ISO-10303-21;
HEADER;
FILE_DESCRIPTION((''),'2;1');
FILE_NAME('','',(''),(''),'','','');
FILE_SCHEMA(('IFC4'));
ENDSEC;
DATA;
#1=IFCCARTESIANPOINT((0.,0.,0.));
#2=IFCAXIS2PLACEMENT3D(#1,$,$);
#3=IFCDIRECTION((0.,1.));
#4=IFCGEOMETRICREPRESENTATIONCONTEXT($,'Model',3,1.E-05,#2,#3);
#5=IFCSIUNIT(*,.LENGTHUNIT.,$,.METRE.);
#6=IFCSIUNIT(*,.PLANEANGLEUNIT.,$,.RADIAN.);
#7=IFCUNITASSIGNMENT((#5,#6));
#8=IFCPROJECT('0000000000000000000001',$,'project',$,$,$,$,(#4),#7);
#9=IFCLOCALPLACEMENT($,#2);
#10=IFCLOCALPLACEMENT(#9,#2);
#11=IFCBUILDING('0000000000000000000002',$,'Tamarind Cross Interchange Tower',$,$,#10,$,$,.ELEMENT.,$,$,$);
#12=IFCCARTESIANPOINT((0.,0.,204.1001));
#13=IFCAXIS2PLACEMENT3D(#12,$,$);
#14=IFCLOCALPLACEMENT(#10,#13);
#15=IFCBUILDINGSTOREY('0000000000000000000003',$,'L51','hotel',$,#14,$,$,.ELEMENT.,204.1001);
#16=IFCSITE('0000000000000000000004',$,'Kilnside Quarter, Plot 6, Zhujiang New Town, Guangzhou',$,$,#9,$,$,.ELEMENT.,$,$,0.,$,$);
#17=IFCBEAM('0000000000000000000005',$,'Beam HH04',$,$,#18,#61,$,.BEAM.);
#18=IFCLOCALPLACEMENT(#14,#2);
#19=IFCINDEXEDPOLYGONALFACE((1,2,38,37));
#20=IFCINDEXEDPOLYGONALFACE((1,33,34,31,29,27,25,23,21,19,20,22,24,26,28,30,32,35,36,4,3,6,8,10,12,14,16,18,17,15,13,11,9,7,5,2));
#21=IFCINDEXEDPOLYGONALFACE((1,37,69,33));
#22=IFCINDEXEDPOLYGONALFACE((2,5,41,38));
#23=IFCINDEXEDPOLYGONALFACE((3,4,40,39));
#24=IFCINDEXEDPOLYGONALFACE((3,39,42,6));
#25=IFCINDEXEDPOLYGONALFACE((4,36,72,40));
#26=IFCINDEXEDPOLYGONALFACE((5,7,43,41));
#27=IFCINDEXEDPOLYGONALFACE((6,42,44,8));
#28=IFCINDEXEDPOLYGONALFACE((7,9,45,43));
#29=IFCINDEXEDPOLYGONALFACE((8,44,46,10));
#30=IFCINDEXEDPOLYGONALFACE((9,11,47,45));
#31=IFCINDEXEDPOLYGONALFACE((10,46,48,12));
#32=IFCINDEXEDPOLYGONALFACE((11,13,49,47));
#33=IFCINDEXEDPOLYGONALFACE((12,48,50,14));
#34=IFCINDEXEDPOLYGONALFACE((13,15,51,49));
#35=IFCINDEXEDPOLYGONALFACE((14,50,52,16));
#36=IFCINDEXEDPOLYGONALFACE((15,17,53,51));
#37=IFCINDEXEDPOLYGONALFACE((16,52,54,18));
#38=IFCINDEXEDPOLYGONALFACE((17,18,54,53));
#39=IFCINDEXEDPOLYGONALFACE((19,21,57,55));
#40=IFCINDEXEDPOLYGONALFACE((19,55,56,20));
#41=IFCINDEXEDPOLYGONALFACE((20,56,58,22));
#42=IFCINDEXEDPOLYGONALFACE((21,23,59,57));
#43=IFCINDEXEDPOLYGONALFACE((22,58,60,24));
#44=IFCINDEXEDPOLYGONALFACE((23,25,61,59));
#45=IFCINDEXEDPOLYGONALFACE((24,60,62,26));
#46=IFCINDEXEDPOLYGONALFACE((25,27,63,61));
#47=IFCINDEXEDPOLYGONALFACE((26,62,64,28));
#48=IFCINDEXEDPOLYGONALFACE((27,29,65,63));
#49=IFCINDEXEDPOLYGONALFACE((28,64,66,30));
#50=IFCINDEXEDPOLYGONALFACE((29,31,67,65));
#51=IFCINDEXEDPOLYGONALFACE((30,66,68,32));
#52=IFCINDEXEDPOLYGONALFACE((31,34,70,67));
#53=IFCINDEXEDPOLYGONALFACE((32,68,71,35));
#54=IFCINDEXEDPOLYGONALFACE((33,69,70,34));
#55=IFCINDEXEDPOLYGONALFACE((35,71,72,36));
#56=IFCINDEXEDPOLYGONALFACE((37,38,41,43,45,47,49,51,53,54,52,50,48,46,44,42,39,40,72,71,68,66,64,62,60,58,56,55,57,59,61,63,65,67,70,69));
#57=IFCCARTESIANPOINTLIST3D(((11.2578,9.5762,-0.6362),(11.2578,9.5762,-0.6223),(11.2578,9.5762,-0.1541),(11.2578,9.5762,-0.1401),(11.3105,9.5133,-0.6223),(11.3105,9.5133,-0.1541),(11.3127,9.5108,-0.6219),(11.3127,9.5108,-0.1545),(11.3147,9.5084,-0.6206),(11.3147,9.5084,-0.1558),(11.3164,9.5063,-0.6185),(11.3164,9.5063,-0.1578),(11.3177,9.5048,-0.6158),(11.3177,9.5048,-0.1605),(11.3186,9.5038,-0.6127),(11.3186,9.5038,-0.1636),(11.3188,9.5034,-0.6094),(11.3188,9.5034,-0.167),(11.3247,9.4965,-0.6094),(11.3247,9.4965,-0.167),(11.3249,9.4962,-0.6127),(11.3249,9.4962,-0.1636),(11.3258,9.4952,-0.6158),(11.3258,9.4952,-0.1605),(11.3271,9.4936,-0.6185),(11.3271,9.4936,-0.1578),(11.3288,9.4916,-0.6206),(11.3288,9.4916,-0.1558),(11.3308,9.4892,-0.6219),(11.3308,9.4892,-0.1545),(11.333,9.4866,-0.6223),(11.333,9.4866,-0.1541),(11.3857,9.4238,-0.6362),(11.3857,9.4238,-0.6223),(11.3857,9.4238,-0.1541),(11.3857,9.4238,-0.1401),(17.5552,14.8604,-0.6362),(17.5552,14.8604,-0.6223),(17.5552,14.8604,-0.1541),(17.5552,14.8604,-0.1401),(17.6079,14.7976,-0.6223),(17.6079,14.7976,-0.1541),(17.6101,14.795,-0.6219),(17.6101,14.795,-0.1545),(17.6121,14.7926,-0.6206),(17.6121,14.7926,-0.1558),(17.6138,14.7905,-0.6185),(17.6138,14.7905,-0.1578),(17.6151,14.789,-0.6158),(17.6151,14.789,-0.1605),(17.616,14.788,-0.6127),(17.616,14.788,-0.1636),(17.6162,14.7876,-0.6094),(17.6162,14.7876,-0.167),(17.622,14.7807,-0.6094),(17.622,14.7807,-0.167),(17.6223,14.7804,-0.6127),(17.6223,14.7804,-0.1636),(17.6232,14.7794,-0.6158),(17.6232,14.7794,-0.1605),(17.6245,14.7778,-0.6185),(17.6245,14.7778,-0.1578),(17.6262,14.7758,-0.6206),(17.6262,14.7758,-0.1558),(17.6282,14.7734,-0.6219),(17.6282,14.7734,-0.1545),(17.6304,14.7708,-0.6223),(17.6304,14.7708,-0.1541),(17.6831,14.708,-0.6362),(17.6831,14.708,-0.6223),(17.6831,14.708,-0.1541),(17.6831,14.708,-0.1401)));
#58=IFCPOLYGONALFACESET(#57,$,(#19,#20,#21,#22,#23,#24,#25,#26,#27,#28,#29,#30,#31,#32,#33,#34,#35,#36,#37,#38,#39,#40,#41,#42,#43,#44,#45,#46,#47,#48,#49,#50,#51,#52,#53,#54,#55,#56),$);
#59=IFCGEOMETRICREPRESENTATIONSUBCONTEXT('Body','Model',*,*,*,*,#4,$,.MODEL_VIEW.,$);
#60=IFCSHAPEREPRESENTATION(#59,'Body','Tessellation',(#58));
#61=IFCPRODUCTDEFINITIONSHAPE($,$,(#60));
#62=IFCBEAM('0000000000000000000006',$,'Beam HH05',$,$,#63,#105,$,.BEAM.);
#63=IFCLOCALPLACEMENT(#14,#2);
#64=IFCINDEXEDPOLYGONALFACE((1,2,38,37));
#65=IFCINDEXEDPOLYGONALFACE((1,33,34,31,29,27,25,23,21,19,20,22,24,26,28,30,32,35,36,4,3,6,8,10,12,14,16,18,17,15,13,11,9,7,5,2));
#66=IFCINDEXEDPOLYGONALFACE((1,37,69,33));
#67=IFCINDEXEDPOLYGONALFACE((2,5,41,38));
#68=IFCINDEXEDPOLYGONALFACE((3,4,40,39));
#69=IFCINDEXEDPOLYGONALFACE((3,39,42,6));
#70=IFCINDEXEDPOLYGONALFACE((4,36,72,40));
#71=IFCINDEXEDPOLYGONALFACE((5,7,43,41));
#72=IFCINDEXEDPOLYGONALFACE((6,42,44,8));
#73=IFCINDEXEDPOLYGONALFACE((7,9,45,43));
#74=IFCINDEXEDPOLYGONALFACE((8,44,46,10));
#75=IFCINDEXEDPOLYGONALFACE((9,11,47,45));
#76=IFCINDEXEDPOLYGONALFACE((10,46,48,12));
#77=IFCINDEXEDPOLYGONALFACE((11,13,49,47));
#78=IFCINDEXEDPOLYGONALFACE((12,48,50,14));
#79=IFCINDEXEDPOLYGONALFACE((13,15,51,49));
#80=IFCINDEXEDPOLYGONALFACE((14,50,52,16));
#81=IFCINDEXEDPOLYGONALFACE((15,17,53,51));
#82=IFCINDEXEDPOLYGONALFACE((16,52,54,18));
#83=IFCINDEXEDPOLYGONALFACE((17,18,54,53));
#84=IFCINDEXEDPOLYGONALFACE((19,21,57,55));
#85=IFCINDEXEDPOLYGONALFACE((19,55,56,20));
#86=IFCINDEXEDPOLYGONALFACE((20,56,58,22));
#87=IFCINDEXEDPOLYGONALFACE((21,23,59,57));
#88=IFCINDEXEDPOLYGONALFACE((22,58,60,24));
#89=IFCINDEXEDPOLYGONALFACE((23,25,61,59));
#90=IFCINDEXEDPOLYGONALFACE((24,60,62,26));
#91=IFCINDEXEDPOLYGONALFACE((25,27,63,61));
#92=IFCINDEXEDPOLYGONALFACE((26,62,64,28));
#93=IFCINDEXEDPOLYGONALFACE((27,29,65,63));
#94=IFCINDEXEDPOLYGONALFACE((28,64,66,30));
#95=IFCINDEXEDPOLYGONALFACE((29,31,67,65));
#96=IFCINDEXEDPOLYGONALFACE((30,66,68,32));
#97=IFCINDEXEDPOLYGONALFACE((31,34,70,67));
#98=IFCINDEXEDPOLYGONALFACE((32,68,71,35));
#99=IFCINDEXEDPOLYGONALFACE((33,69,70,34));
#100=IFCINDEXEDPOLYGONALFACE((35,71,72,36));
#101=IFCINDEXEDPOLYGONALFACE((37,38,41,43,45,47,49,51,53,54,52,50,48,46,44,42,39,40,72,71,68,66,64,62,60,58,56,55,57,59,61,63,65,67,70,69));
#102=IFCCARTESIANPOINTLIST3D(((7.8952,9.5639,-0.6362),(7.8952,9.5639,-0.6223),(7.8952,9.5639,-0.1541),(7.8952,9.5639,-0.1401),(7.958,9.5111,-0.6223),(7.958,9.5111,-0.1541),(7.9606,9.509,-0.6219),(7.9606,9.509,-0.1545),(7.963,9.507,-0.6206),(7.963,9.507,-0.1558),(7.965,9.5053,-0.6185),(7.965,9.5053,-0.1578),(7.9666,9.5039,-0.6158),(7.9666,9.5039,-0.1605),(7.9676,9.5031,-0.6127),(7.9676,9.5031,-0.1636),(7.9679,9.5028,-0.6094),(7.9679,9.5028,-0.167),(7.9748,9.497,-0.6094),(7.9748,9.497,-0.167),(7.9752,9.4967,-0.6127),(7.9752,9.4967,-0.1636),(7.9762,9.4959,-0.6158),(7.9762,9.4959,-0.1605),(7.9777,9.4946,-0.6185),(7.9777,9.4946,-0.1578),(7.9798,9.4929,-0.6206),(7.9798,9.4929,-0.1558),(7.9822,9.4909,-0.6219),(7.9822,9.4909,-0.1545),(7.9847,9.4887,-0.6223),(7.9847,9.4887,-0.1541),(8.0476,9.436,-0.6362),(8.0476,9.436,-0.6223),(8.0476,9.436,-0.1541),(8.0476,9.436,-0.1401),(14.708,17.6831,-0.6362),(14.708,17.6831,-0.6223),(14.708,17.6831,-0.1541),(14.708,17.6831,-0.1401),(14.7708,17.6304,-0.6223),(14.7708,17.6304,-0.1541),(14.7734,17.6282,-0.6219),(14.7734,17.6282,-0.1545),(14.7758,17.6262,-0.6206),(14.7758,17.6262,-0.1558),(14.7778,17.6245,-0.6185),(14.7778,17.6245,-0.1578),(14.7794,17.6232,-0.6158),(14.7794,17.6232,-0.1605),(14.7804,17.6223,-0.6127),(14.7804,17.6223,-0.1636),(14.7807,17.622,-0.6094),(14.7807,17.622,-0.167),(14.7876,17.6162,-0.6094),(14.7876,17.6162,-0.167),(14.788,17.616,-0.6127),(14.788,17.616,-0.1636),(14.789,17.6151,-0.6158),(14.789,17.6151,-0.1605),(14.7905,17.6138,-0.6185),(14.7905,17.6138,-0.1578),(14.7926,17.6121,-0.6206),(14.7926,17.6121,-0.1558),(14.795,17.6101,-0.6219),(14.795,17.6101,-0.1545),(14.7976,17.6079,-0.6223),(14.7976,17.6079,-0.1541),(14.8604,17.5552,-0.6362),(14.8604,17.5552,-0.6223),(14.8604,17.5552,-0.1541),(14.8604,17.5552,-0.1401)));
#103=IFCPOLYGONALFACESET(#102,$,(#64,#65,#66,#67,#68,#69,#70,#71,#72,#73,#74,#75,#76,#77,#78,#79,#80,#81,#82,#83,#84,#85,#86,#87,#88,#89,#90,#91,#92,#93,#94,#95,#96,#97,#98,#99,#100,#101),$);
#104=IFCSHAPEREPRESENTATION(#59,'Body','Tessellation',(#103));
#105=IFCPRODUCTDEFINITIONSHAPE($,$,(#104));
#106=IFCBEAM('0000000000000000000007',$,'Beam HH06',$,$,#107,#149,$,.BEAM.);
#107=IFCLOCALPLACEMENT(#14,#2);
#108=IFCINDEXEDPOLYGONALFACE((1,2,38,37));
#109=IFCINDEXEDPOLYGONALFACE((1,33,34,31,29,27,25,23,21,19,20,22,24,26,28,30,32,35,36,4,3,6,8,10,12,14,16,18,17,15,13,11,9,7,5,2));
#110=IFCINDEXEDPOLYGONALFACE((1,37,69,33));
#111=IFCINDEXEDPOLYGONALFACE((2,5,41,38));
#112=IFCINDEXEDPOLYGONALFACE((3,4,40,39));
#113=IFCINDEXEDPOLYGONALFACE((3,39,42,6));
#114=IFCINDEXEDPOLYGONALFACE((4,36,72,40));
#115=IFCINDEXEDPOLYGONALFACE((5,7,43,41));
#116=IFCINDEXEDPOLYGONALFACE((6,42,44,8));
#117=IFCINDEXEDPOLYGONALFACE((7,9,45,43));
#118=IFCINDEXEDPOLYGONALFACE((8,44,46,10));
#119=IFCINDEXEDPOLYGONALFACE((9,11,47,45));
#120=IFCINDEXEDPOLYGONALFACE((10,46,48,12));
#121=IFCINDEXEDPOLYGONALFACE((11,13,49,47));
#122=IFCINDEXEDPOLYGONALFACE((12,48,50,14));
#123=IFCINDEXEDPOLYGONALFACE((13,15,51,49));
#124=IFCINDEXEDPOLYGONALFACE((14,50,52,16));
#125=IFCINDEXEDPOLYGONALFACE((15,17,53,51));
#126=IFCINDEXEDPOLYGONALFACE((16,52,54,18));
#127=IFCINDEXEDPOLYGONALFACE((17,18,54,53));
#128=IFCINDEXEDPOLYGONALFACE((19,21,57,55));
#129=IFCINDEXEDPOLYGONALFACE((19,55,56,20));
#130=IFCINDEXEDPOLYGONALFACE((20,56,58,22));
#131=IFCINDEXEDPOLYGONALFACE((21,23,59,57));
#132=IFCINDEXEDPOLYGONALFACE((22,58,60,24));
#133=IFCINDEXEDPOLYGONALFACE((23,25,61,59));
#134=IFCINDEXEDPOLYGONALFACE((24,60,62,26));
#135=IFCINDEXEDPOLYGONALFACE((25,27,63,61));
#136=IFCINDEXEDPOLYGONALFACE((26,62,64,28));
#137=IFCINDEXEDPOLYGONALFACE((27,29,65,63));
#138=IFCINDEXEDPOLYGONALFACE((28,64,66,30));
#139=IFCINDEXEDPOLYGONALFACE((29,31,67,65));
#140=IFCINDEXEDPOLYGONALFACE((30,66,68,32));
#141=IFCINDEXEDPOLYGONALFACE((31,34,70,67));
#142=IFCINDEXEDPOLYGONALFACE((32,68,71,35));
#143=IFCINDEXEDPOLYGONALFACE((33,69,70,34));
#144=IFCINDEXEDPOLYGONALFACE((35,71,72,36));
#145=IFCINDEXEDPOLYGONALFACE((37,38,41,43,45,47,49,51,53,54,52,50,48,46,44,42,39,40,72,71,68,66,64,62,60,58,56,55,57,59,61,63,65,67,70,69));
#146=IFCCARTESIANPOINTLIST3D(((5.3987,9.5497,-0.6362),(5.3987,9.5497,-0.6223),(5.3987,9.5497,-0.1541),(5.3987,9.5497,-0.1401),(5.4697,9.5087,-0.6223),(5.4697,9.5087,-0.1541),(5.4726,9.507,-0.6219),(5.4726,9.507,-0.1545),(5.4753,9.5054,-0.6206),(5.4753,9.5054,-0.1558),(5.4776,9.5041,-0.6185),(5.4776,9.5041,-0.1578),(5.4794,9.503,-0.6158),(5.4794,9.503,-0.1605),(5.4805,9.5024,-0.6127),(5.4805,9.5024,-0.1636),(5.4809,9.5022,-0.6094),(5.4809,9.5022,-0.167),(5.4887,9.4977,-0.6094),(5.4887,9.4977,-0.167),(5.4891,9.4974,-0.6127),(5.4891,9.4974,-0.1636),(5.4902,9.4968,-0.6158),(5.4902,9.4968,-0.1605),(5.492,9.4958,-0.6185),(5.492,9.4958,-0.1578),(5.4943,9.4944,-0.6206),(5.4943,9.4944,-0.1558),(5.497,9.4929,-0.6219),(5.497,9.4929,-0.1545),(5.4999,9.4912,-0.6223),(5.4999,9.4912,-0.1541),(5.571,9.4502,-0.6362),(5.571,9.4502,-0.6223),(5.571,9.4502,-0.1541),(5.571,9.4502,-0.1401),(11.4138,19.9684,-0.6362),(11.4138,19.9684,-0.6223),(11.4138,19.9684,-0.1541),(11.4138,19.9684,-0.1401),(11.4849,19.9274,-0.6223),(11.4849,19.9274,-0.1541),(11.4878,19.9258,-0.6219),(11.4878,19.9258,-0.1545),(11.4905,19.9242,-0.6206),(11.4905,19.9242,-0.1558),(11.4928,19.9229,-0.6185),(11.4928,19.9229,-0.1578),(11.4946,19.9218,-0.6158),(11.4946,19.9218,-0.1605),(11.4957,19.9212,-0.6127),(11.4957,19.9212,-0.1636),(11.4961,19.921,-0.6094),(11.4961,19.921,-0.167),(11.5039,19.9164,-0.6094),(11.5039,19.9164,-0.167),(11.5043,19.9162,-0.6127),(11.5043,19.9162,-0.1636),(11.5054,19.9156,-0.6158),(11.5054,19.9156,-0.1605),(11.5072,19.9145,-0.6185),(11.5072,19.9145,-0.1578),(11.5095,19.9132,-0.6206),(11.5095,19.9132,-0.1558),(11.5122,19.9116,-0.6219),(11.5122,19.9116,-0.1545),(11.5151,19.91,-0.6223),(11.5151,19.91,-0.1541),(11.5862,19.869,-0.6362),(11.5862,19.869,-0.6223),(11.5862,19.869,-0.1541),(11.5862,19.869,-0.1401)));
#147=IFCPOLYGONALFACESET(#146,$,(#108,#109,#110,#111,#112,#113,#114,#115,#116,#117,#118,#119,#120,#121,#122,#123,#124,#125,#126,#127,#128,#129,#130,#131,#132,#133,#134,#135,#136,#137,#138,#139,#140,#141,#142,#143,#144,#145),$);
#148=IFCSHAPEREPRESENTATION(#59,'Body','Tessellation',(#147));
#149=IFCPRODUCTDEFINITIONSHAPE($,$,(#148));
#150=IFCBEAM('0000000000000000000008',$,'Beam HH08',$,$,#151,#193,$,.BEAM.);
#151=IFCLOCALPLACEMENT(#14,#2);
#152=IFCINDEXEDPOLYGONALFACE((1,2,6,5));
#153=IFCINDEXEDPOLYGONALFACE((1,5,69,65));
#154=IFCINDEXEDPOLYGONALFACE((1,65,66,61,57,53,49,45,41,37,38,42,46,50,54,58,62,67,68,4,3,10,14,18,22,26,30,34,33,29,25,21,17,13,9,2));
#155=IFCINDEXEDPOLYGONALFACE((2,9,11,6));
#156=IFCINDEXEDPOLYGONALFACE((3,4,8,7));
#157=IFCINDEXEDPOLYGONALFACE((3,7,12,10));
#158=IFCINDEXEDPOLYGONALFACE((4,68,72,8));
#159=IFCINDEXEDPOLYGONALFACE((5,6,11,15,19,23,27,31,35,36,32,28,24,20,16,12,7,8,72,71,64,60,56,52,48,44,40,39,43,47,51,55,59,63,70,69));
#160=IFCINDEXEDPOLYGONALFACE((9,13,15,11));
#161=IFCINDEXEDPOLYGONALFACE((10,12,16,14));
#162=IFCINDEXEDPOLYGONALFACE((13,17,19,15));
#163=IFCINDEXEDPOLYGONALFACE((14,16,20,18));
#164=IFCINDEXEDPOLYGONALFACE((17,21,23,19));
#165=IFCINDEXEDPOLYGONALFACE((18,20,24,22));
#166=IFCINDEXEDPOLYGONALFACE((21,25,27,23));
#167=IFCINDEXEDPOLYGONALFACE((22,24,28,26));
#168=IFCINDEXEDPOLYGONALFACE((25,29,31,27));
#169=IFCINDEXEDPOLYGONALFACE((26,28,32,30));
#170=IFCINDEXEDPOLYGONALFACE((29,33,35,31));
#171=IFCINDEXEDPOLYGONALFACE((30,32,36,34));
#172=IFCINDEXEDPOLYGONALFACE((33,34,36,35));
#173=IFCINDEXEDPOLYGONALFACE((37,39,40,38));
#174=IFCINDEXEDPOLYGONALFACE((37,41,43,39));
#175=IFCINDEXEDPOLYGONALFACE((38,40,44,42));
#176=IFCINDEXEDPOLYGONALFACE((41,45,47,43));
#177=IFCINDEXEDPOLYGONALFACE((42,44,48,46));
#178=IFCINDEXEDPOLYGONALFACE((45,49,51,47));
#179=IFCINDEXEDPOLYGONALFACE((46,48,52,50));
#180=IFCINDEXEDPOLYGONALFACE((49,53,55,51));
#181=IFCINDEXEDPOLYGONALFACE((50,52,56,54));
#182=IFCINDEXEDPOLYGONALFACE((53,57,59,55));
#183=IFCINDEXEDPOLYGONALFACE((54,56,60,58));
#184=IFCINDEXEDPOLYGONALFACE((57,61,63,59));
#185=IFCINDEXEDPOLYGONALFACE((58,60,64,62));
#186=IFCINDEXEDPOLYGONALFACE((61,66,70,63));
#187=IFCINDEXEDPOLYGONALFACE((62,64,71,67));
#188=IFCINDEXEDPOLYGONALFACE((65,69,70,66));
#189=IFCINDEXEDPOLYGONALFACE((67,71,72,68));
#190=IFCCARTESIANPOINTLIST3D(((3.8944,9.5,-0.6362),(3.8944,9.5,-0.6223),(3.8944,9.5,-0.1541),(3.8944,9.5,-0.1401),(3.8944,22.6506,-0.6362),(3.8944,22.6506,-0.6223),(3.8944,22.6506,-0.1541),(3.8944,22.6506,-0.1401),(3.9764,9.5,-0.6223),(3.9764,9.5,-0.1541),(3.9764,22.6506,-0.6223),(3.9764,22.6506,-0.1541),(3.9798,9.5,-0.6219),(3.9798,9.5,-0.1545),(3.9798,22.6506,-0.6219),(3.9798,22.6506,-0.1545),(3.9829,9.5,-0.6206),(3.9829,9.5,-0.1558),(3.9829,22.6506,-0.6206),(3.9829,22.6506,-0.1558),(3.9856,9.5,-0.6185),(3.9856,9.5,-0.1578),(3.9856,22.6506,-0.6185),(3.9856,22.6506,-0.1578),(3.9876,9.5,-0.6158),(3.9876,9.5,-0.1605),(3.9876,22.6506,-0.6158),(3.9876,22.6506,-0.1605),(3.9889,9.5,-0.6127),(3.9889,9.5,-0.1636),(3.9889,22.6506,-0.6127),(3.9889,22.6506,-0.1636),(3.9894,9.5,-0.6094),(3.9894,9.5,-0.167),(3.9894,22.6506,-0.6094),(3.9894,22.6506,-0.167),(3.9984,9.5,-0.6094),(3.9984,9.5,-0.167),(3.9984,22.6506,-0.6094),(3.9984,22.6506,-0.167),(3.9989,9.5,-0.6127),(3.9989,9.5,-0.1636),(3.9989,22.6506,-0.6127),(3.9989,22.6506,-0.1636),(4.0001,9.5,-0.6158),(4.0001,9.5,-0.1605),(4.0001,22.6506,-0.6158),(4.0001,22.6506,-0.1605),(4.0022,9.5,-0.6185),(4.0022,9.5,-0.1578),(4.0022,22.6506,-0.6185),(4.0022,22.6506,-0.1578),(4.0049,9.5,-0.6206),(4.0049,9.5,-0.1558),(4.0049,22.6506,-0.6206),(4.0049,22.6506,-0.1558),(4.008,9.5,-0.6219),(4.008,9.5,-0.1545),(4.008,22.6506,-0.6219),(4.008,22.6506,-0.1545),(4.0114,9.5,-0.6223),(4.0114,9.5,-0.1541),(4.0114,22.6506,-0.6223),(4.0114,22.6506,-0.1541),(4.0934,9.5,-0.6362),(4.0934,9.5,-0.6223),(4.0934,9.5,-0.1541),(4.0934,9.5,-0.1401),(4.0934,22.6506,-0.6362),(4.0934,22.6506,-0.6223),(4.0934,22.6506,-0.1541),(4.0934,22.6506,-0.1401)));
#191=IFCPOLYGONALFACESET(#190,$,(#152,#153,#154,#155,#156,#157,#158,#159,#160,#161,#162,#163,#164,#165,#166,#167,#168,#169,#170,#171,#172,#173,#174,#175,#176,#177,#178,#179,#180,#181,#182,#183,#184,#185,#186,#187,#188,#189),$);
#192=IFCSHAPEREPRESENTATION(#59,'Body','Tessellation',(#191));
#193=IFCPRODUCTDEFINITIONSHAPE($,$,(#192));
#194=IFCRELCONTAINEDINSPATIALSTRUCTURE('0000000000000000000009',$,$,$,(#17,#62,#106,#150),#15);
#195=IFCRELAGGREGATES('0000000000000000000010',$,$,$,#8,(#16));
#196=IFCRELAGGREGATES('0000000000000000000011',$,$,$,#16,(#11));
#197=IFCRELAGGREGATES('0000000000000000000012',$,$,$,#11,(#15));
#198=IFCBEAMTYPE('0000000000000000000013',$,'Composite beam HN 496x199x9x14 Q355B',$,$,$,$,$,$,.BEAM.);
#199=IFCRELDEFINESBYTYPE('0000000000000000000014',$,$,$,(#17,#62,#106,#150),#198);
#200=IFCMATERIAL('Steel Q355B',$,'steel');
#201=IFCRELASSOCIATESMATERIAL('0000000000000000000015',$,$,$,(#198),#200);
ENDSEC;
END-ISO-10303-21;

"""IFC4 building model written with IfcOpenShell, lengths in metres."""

from ifc_helpers import new_model, si_unit, direction, frame, origin, origin_2d, place, context, subcontext, project, spatial, i_section, extrude, material, material_profile, profile_set, type_object, element, save


model = new_model("IFC4")

# Units and contexts
model_context = context("Model", 3, precision=1e-05, world=origin(), true_north=direction((0.0, 1.0)))
body_context = subcontext(model_context, "Body", "Model", "MODEL_VIEW")
ifc_project = project(units=[si_unit("LENGTHUNIT", "METRE"), si_unit("PLANEANGLEUNIT", "RADIAN")], contexts=[model_context])

# Site, building, storey
site_placement = place(None, origin())
site = spatial("IfcSite", under=ifc_project, at=site_placement, Name="Kilnside Quarter, Plot 6, Zhujiang New Town, Guangzhou", CompositionType="ELEMENT", RefElevation=0.0)
building_placement = place(site_placement, origin())
building = spatial("IfcBuilding", under=site, at=building_placement, Name="Tamarind Cross Interchange Tower", CompositionType="ELEMENT")
storey_placement = place(building_placement, frame((0.0, 0.0, 204.1001)))
storey = spatial("IfcBuildingStorey", under=building, at=storey_placement, Name="L51", Description="hotel", CompositionType="ELEMENT", Elevation=204.1001)

# Beams
ifc_material_1 = material(Name="Steel Q355B", Category="steel")
ifc_material_profile_1 = material_profile(ifc_material_1, i_section(OverallWidth=0.199, OverallDepth=0.4961, WebThickness=0.009, FlangeThickness=0.0139, FilletRadius=0.0129, at=origin_2d()), Name="HN 496x199x9x14")
ifc_profile_set_1 = profile_set([ifc_material_profile_1], Name="Steel Q355B")
beam_type = type_object("IfcBeamType", Name="Composite beam HN 496x199x9x14 Q355B", PredefinedType="BEAM", material=ifc_profile_set_1)
beam_1_placement = place(storey_placement, frame((17.6191, 14.7842, -0.3882), z_axis=(-0.766041, -0.642792, 0.0), x_axis=(0.642792, -0.766041, 0.0)))
element("IfcBeam", 1, at=beam_1_placement, inside=storey, type_object=beam_type, Name="Beam HH04", PredefinedType="BEAM", context=body_context, shape_type="SweptSolid", body=[
    extrude(i_section(OverallWidth=0.199, OverallDepth=0.4961, WebThickness=0.009, FlangeThickness=0.0139, FilletRadius=0.0129, at=origin_2d()), origin(), (0.0, 0.0, 1.0), 8.2207),
])
beam_2_placement = place(storey_placement, frame((14.7842, 17.6191, -0.3882), z_axis=(-0.642786, -0.766046, 0.0), x_axis=(0.766046, -0.642786, 0.0)))
element("IfcBeam", 2, at=beam_2_placement, inside=storey, type_object=beam_type, Name="Beam HH05", PredefinedType="BEAM", context=body_context, shape_type="SweptSolid", body=[
    extrude(i_section(OverallWidth=0.199, OverallDepth=0.4961, WebThickness=0.009, FlangeThickness=0.0139, FilletRadius=0.0129, at=origin_2d()), origin(), (0.0, 0.0, 1.0), 10.5989),
])
beam_3_placement = place(storey_placement, frame((11.5, 19.9187, -0.3882), z_axis=(-0.499994, -0.866029, 0.0), x_axis=(0.866029, -0.499994, 0.0)))
element("IfcBeam", 3, at=beam_3_placement, inside=storey, type_object=beam_type, Name="Beam HH06", PredefinedType="BEAM", context=body_context, shape_type="SweptSolid", body=[
    extrude(i_section(OverallWidth=0.199, OverallDepth=0.4961, WebThickness=0.009, FlangeThickness=0.0139, FilletRadius=0.0129, at=origin_2d()), origin(), (0.0, 0.0, 1.0), 12.0305),
])
beam_4_placement = place(storey_placement, frame((3.9939, 22.6506, -0.3882), z_axis=(0.0, -1.0, 0.0), x_axis=(1.0, 0.0, 0.0)))
element("IfcBeam", 4, at=beam_4_placement, inside=storey, type_object=beam_type, Name="Beam HH08", PredefinedType="BEAM", context=body_context, shape_type="SweptSolid", body=[
    extrude(i_section(OverallWidth=0.199, OverallDepth=0.4961, WebThickness=0.009, FlangeThickness=0.0139, FilletRadius=0.0129, at=origin_2d()), origin(), (0.0, 0.0, 1.0), 13.1506),
])

save(model, "model.ifc")
